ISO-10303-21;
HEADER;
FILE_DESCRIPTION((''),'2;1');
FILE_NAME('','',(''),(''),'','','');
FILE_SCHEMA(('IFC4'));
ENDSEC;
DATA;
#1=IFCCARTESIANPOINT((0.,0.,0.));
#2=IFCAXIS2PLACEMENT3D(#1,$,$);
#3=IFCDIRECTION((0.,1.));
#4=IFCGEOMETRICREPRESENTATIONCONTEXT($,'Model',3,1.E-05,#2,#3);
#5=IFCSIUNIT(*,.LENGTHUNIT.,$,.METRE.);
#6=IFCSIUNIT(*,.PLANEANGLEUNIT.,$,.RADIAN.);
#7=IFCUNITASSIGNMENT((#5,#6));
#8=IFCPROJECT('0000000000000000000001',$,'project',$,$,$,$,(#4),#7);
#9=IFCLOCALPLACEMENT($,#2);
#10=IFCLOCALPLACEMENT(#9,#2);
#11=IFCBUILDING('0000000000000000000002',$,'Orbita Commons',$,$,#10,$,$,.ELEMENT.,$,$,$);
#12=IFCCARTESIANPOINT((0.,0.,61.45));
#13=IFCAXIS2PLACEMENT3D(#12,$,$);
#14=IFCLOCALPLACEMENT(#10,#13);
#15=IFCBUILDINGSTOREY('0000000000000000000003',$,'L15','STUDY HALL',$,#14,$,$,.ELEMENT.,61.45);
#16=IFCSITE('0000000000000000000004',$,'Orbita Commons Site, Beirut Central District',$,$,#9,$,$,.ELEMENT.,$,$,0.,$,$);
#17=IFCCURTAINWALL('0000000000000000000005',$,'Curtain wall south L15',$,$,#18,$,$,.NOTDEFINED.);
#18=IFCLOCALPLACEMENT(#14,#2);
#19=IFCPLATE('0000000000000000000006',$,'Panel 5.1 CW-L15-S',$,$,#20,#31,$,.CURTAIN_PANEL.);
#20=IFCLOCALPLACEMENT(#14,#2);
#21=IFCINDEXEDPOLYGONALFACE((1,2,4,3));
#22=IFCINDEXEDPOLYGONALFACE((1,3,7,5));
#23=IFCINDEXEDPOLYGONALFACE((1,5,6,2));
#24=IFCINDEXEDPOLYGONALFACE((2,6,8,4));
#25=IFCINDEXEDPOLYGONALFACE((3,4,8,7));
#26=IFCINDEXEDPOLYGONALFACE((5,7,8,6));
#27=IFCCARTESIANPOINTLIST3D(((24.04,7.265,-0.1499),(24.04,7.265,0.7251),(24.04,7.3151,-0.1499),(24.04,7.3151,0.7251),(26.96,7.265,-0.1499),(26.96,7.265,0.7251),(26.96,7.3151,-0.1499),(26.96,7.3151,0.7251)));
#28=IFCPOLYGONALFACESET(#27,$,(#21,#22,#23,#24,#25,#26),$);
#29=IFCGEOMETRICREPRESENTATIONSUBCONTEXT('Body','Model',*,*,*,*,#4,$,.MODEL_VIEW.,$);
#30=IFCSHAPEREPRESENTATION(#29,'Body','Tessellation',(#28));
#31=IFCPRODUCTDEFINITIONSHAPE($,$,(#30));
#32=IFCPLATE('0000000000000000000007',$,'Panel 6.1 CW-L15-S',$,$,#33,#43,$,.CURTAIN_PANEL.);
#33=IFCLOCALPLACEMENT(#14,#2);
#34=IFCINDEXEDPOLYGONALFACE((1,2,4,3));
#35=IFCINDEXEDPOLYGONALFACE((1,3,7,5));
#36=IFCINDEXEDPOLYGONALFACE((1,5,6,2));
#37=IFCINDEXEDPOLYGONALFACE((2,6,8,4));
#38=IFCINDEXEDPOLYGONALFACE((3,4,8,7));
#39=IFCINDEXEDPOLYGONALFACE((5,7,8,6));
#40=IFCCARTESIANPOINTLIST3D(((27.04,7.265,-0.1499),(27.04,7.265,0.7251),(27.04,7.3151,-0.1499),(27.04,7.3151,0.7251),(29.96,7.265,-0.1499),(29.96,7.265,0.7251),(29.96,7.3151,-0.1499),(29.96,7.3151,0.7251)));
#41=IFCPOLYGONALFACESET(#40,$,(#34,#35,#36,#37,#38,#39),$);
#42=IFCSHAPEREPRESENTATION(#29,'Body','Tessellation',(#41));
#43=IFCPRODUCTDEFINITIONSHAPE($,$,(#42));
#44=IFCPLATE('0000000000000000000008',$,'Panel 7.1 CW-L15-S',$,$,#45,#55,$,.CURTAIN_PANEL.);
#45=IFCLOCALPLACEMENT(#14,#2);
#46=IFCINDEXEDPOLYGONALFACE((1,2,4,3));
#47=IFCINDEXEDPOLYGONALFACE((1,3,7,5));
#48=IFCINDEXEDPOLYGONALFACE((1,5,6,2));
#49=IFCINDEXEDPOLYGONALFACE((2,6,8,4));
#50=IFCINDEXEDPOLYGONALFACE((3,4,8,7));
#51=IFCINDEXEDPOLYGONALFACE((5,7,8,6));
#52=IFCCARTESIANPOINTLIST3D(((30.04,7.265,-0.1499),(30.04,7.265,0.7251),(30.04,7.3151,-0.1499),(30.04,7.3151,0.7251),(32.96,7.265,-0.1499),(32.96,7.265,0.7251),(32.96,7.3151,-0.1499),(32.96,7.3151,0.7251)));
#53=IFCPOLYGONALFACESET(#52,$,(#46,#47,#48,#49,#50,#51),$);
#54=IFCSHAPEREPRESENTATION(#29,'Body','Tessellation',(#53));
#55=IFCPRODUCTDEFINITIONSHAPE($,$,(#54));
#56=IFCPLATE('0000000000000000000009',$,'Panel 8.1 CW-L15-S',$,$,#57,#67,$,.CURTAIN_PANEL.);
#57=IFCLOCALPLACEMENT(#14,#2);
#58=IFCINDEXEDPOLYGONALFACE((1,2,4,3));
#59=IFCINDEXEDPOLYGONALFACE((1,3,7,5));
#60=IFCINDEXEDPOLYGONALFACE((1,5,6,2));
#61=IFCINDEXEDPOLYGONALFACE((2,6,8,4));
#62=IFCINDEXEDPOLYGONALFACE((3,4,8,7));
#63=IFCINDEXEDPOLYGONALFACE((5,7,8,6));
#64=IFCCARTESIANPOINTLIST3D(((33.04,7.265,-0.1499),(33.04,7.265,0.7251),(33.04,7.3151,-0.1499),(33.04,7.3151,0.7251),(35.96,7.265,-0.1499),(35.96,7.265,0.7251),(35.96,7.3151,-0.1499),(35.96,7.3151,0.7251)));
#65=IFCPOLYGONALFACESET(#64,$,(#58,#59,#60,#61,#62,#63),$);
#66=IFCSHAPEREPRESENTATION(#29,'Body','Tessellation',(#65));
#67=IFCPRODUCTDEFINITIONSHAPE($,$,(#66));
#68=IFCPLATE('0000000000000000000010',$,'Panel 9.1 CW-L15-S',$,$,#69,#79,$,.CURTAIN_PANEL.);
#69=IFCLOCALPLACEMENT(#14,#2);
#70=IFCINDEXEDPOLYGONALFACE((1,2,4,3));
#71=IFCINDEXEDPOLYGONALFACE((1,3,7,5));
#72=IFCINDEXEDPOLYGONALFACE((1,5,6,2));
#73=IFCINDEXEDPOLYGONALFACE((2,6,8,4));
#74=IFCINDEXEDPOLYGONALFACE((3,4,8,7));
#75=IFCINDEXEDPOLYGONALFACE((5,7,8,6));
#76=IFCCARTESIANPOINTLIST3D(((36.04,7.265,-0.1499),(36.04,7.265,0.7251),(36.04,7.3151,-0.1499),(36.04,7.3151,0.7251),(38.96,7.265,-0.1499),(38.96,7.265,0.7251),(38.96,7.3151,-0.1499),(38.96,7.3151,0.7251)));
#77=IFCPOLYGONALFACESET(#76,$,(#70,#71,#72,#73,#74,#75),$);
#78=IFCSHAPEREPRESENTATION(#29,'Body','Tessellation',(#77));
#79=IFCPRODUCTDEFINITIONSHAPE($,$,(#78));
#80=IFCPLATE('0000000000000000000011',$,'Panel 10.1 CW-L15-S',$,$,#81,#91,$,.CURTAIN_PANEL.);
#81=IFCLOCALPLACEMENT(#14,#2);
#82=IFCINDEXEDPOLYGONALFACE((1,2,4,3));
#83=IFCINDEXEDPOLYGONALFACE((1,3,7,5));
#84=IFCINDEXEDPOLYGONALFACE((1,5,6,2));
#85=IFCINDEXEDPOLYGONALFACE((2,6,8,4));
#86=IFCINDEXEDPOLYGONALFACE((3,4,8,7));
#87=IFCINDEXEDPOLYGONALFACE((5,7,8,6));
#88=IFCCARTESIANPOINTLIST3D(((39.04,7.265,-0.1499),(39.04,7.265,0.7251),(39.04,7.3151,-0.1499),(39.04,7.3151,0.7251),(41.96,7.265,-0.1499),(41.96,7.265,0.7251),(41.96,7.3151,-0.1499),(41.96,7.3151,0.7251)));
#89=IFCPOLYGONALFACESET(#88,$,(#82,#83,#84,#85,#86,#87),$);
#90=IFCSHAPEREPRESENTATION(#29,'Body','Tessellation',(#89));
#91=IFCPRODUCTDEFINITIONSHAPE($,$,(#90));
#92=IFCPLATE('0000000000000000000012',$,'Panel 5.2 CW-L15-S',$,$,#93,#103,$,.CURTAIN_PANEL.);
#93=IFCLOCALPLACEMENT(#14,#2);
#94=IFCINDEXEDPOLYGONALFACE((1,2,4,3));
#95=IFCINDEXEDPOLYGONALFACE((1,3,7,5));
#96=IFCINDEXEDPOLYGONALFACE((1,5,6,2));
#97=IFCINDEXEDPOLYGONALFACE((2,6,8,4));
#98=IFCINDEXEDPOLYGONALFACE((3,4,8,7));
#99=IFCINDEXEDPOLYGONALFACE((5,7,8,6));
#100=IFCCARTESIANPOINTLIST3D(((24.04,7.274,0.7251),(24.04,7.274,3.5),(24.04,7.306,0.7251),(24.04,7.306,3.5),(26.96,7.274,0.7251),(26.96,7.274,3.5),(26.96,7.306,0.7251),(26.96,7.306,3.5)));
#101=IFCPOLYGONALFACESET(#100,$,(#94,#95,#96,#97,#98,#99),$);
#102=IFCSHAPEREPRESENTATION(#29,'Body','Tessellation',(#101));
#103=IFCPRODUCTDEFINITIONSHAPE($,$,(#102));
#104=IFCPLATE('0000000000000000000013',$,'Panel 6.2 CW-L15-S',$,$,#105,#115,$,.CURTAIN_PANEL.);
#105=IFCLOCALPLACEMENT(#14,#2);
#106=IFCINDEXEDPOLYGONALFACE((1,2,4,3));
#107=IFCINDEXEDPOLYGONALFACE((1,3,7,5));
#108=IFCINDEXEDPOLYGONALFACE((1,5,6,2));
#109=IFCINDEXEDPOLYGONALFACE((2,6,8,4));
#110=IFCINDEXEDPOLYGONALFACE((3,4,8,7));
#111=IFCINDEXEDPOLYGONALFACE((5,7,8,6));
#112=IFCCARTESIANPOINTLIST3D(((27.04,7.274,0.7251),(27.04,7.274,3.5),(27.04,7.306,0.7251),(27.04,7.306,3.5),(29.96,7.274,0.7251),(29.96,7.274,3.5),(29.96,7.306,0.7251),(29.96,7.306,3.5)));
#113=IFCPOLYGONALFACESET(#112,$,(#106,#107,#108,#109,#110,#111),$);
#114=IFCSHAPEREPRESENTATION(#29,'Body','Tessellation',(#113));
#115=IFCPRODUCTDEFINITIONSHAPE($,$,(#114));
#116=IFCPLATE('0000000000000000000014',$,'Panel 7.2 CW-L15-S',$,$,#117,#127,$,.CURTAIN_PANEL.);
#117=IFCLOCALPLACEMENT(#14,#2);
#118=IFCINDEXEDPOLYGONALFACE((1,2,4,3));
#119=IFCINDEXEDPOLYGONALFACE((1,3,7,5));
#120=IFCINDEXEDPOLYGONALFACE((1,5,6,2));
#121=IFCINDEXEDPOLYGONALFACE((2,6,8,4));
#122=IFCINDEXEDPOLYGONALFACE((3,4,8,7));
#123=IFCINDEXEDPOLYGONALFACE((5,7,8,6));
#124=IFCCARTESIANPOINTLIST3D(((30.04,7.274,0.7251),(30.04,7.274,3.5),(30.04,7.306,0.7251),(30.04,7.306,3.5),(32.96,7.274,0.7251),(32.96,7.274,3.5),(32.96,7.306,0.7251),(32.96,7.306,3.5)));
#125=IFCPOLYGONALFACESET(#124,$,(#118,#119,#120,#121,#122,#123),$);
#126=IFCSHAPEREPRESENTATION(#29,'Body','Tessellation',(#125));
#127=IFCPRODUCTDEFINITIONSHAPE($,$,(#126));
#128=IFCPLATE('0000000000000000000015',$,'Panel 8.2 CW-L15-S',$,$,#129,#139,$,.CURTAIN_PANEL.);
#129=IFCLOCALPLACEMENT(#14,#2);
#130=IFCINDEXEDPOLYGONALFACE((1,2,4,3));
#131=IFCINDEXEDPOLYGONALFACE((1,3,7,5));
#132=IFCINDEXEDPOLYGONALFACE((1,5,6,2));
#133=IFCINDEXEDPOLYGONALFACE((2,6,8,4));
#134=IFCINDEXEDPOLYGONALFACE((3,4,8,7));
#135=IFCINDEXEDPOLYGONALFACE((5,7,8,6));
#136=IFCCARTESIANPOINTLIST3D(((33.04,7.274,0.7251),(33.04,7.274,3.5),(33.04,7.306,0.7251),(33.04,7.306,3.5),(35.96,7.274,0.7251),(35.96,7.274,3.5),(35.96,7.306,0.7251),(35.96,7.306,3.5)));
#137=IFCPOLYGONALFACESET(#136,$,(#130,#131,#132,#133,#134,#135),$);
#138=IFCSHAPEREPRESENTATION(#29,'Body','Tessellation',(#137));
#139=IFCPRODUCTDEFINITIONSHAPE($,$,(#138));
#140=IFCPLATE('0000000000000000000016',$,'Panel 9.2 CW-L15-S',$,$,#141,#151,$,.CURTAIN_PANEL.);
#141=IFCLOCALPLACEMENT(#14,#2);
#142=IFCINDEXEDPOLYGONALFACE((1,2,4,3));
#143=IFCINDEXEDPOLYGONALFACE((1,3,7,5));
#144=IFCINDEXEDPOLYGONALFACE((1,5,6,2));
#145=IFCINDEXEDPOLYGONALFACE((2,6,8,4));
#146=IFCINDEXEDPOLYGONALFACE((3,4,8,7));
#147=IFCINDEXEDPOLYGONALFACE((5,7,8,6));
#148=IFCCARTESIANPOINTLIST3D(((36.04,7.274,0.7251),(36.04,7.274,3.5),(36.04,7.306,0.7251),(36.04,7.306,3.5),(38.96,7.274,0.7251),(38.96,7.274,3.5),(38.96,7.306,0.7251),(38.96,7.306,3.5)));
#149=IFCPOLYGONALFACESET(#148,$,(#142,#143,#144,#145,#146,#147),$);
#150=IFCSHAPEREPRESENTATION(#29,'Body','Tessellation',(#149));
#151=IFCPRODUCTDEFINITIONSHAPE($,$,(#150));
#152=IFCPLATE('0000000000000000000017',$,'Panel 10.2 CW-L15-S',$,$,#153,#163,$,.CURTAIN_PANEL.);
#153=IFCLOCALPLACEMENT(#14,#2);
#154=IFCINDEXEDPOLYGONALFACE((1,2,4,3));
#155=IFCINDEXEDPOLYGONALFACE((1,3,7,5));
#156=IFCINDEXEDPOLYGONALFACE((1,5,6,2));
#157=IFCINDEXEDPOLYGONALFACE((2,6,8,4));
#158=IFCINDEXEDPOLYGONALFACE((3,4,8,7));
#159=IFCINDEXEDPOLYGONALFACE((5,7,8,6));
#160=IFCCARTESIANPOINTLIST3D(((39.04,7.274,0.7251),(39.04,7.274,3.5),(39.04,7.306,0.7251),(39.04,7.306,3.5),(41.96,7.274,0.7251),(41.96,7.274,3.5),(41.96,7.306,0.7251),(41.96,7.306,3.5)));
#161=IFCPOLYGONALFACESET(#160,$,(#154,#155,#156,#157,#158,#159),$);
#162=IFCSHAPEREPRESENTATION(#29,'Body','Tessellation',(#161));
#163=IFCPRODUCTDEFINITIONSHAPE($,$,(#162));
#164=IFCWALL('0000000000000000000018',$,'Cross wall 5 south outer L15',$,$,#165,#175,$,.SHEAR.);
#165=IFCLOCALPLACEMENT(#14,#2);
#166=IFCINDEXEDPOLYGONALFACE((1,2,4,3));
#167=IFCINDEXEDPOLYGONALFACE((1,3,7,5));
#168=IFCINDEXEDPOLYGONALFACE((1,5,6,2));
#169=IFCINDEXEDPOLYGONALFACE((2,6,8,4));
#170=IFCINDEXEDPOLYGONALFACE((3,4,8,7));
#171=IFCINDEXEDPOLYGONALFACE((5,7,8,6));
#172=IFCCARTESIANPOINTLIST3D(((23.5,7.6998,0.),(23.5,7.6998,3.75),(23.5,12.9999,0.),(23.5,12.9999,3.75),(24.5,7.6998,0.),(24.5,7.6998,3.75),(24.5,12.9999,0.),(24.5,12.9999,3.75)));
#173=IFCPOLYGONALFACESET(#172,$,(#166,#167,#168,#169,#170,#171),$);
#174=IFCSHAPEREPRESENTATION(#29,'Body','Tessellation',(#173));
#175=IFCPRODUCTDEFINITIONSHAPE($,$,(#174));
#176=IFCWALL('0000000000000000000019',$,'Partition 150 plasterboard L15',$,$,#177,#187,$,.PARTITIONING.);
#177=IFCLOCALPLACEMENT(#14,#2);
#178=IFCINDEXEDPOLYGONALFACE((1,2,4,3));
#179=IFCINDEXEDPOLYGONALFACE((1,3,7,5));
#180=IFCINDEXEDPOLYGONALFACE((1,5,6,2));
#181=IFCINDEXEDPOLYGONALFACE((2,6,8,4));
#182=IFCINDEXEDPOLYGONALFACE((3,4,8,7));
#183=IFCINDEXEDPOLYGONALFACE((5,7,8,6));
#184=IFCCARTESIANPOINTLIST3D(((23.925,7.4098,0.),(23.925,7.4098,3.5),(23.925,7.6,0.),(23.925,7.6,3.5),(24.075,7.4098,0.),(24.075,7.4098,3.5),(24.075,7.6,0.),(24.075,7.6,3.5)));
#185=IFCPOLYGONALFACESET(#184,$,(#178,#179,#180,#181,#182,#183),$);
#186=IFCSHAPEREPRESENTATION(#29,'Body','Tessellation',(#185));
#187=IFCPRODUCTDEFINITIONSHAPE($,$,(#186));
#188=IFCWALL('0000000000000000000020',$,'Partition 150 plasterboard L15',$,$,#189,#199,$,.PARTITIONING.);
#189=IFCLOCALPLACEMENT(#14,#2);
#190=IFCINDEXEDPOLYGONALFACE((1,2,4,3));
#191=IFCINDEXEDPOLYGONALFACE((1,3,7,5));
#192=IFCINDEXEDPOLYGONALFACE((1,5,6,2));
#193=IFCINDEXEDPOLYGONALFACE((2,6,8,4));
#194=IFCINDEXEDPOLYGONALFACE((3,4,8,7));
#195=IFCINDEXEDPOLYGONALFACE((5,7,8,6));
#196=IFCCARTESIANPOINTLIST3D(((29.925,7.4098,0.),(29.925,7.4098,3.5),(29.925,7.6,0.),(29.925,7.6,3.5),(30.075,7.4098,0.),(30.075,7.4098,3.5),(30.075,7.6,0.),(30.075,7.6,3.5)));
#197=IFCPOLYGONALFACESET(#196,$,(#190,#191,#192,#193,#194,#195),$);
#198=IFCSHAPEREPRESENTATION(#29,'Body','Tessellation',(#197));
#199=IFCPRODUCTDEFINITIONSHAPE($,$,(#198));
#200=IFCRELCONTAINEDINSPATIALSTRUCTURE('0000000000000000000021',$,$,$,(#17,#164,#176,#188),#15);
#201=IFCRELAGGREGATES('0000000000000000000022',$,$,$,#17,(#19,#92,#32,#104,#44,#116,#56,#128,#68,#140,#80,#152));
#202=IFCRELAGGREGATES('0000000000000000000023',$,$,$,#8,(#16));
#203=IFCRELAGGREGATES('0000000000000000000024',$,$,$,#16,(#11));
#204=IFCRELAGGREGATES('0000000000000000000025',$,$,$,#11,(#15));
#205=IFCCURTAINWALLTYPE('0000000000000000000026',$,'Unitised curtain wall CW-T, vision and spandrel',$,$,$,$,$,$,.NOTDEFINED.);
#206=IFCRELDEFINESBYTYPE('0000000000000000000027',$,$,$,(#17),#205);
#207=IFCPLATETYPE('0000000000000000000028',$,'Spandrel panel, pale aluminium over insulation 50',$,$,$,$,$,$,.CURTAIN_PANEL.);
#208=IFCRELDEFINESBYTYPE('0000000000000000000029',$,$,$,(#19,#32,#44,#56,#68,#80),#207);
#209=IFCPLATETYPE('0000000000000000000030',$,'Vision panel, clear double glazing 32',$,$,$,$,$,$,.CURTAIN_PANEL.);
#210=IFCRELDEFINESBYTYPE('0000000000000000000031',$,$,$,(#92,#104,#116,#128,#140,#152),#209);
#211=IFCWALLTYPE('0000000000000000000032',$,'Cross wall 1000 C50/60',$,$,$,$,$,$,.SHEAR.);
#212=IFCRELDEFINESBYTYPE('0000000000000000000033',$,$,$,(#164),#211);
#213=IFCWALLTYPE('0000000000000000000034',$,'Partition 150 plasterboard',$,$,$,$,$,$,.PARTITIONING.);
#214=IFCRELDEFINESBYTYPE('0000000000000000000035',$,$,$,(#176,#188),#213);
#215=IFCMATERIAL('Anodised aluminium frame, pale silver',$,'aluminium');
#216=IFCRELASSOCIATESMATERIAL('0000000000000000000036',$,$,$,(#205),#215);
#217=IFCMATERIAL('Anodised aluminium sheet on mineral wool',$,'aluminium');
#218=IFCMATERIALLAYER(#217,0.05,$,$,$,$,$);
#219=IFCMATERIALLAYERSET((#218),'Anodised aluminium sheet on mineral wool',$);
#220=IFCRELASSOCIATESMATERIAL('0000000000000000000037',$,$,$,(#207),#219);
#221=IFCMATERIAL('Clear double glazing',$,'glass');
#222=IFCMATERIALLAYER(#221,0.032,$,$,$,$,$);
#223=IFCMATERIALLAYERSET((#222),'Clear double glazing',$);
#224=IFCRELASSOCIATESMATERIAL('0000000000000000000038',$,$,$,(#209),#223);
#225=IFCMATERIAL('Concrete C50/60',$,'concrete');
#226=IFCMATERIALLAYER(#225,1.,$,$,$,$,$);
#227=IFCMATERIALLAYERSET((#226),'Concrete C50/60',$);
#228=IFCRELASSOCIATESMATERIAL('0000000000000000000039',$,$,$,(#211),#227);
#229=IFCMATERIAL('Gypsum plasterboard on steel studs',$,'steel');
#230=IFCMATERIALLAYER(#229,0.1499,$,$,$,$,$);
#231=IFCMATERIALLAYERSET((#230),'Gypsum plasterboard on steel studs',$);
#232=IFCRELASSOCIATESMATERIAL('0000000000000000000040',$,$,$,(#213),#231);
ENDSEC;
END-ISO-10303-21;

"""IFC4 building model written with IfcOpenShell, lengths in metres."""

from ifc_helpers import new_model, si_unit, direction, frame, frame_2d, origin, origin_2d, place, context, subcontext, project, spatial, rectangle, extrude, material, layer, layer_set, type_object, element, aggregate, save


model = new_model("IFC4")

# Units and contexts
model_context = context("Model", 3, precision=1e-05, world=origin(), true_north=direction((0.0, 1.0)))
body_context = subcontext(model_context, "Body", "Model", "MODEL_VIEW")
ifc_project = project(units=[si_unit("LENGTHUNIT", "METRE"), si_unit("PLANEANGLEUNIT", "RADIAN")], contexts=[model_context])

# Site, building, storey
site_placement = place(None, origin())
site = spatial("IfcSite", under=ifc_project, at=site_placement, Name="Orbita Commons Site, Beirut Central District", CompositionType="ELEMENT", RefElevation=0.0)
building_placement = place(site_placement, origin())
building = spatial("IfcBuilding", under=site, at=building_placement, Name="Orbita Commons", CompositionType="ELEMENT")
storey_placement = place(building_placement, frame((0.0, 0.0, 61.45)))
storey = spatial("IfcBuildingStorey", under=building, at=storey_placement, Name="L15", Description="STUDY HALL", CompositionType="ELEMENT", Elevation=61.45)

# Curtain wall, plates
ifc_material_1 = material(Name="Anodised aluminium frame, pale silver", Category="aluminium")
curtain_wall_type = type_object("IfcCurtainWallType", Name="Unitised curtain wall CW-T, vision and spandrel", PredefinedType="NOTDEFINED", material=ifc_material_1)
curtain_wall_placement = place(storey_placement, origin())
curtain_wall = element("IfcCurtainWall", 1, at=curtain_wall_placement, inside=storey, type_object=curtain_wall_type, Name="Curtain wall south L15", PredefinedType="NOTDEFINED")
ifc_material_2 = material(Name="Anodised aluminium sheet on mineral wool", Category="aluminium")
ifc_layer_1 = layer(ifc_material_2, 0.05)
ifc_layer_set_1 = layer_set([ifc_layer_1], Name="Anodised aluminium sheet on mineral wool")
plate_type_1 = type_object("IfcPlateType", Name="Spandrel panel, pale aluminium over insulation 50", PredefinedType="CURTAIN_PANEL", material=ifc_layer_set_1)
plate_1_placement = place(storey_placement, frame((25.5, 7.29, -0.1499), z_axis=(0.0, 0.0, 1.0), x_axis=(1.0, 0.0, 0.0)))
plate_1 = element("IfcPlate", 2, at=plate_1_placement, type_object=plate_type_1, Name="Panel 5.1 CW-L15-S", PredefinedType="CURTAIN_PANEL", context=body_context, shape_type="SweptSolid", body=[
    extrude(rectangle(XDim=2.9199, YDim=0.05, at=origin_2d()), origin(), (0.0, 0.0, 1.0), 0.875),
])
plate_2_placement = place(storey_placement, frame((28.5, 7.29, -0.1499), z_axis=(0.0, 0.0, 1.0), x_axis=(1.0, 0.0, 0.0)))
plate_2 = element("IfcPlate", 3, at=plate_2_placement, type_object=plate_type_1, Name="Panel 6.1 CW-L15-S", PredefinedType="CURTAIN_PANEL", context=body_context, shape_type="SweptSolid", body=[
    extrude(rectangle(XDim=2.9199, YDim=0.05, at=origin_2d()), origin(), (0.0, 0.0, 1.0), 0.875),
])
plate_3_placement = place(storey_placement, frame((31.5, 7.29, -0.1499), z_axis=(0.0, 0.0, 1.0), x_axis=(1.0, 0.0, 0.0)))
plate_3 = element("IfcPlate", 4, at=plate_3_placement, type_object=plate_type_1, Name="Panel 7.1 CW-L15-S", PredefinedType="CURTAIN_PANEL", context=body_context, shape_type="SweptSolid", body=[
    extrude(rectangle(XDim=2.9199, YDim=0.05, at=origin_2d()), origin(), (0.0, 0.0, 1.0), 0.875),
])
plate_4_placement = place(storey_placement, frame((34.5, 7.29, -0.1499), z_axis=(0.0, 0.0, 1.0), x_axis=(1.0, 0.0, 0.0)))
plate_4 = element("IfcPlate", 5, at=plate_4_placement, type_object=plate_type_1, Name="Panel 8.1 CW-L15-S", PredefinedType="CURTAIN_PANEL", context=body_context, shape_type="SweptSolid", body=[
    extrude(rectangle(XDim=2.9199, YDim=0.05, at=origin_2d()), origin(), (0.0, 0.0, 1.0), 0.875),
])
plate_5_placement = place(storey_placement, frame((37.5, 7.29, -0.1499), z_axis=(0.0, 0.0, 1.0), x_axis=(1.0, 0.0, 0.0)))
plate_5 = element("IfcPlate", 6, at=plate_5_placement, type_object=plate_type_1, Name="Panel 9.1 CW-L15-S", PredefinedType="CURTAIN_PANEL", context=body_context, shape_type="SweptSolid", body=[
    extrude(rectangle(XDim=2.9199, YDim=0.05, at=origin_2d()), origin(), (0.0, 0.0, 1.0), 0.875),
])
plate_6_placement = place(storey_placement, frame((40.5, 7.29, -0.1499), z_axis=(0.0, 0.0, 1.0), x_axis=(1.0, 0.0, 0.0)))
plate_6 = element("IfcPlate", 7, at=plate_6_placement, type_object=plate_type_1, Name="Panel 10.1 CW-L15-S", PredefinedType="CURTAIN_PANEL", context=body_context, shape_type="SweptSolid", body=[
    extrude(rectangle(XDim=2.9199, YDim=0.05, at=origin_2d()), origin(), (0.0, 0.0, 1.0), 0.875),
])
ifc_material_3 = material(Name="Clear double glazing", Category="glass")
ifc_layer_2 = layer(ifc_material_3, 0.032)
ifc_layer_set_2 = layer_set([ifc_layer_2], Name="Clear double glazing")
plate_type_2 = type_object("IfcPlateType", Name="Vision panel, clear double glazing 32", PredefinedType="CURTAIN_PANEL", material=ifc_layer_set_2)
plate_7_placement = place(storey_placement, frame((25.5, 7.29, 0.7251), z_axis=(0.0, 0.0, 1.0), x_axis=(1.0, 0.0, 0.0)))
plate_7 = element("IfcPlate", 8, at=plate_7_placement, type_object=plate_type_2, Name="Panel 5.2 CW-L15-S", PredefinedType="CURTAIN_PANEL", context=body_context, shape_type="SweptSolid", body=[
    extrude(rectangle(XDim=2.9199, YDim=0.032, at=origin_2d()), origin(), (0.0, 0.0, 1.0), 2.7749),
])
plate_8_placement = place(storey_placement, frame((28.5, 7.29, 0.7251), z_axis=(0.0, 0.0, 1.0), x_axis=(1.0, 0.0, 0.0)))
plate_8 = element("IfcPlate", 9, at=plate_8_placement, type_object=plate_type_2, Name="Panel 6.2 CW-L15-S", PredefinedType="CURTAIN_PANEL", context=body_context, shape_type="SweptSolid", body=[
    extrude(rectangle(XDim=2.9199, YDim=0.032, at=origin_2d()), origin(), (0.0, 0.0, 1.0), 2.7749),
])
plate_9_placement = place(storey_placement, frame((31.5, 7.29, 0.7251), z_axis=(0.0, 0.0, 1.0), x_axis=(1.0, 0.0, 0.0)))
plate_9 = element("IfcPlate", 10, at=plate_9_placement, type_object=plate_type_2, Name="Panel 7.2 CW-L15-S", PredefinedType="CURTAIN_PANEL", context=body_context, shape_type="SweptSolid", body=[
    extrude(rectangle(XDim=2.9199, YDim=0.032, at=origin_2d()), origin(), (0.0, 0.0, 1.0), 2.7749),
])
plate_10_placement = place(storey_placement, frame((34.5, 7.29, 0.7251), z_axis=(0.0, 0.0, 1.0), x_axis=(1.0, 0.0, 0.0)))
plate_10 = element("IfcPlate", 11, at=plate_10_placement, type_object=plate_type_2, Name="Panel 8.2 CW-L15-S", PredefinedType="CURTAIN_PANEL", context=body_context, shape_type="SweptSolid", body=[
    extrude(rectangle(XDim=2.9199, YDim=0.032, at=origin_2d()), origin(), (0.0, 0.0, 1.0), 2.7749),
])
plate_11_placement = place(storey_placement, frame((37.5, 7.29, 0.7251), z_axis=(0.0, 0.0, 1.0), x_axis=(1.0, 0.0, 0.0)))
plate_11 = element("IfcPlate", 12, at=plate_11_placement, type_object=plate_type_2, Name="Panel 9.2 CW-L15-S", PredefinedType="CURTAIN_PANEL", context=body_context, shape_type="SweptSolid", body=[
    extrude(rectangle(XDim=2.9199, YDim=0.032, at=origin_2d()), origin(), (0.0, 0.0, 1.0), 2.7749),
])
plate_12_placement = place(storey_placement, frame((40.5, 7.29, 0.7251), z_axis=(0.0, 0.0, 1.0), x_axis=(1.0, 0.0, 0.0)))
plate_12 = element("IfcPlate", 13, at=plate_12_placement, type_object=plate_type_2, Name="Panel 10.2 CW-L15-S", PredefinedType="CURTAIN_PANEL", context=body_context, shape_type="SweptSolid", body=[
    extrude(rectangle(XDim=2.9199, YDim=0.032, at=origin_2d()), origin(), (0.0, 0.0, 1.0), 2.7749),
])
aggregate(curtain_wall, [plate_1, plate_7, plate_2, plate_8, plate_3, plate_9, plate_4, plate_10, plate_5, plate_11, plate_6, plate_12])

# Walls
ifc_material_4 = material(Name="Concrete C50/60", Category="concrete")
ifc_layer_3 = layer(ifc_material_4, 1.0)
ifc_layer_set_3 = layer_set([ifc_layer_3], Name="Concrete C50/60")
wall_type_1 = type_object("IfcWallType", Name="Cross wall 1000 C50/60", PredefinedType="SHEAR", material=ifc_layer_set_3)
wall_1_placement = place(storey_placement, frame((24.0, 7.7, 0.0), z_axis=(0.0, 0.0, 1.0), x_axis=(0.0, 1.0, 0.0)))
element("IfcWall", 14, at=wall_1_placement, inside=storey, type_object=wall_type_1, Name="Cross wall 5 south outer L15", PredefinedType="SHEAR", context=body_context, shape_type="SweptSolid", body=[
    extrude(rectangle(XDim=5.3, YDim=1.0, at=frame_2d((2.6499, 0.0))), origin(), (0.0, 0.0, 1.0), 3.75),
])
ifc_material_5 = material(Name="Gypsum plasterboard on steel studs", Category="steel")
ifc_layer_4 = layer(ifc_material_5, 0.1499)
ifc_layer_set_4 = layer_set([ifc_layer_4], Name="Gypsum plasterboard on steel studs")
wall_type_2 = type_object("IfcWallType", Name="Partition 150 plasterboard", PredefinedType="PARTITIONING", material=ifc_layer_set_4)
for number, where, z_axis, x_axis, name in (
    (15, (24.0, 7.6001, 0.0), (0.0, 0.0, 1.0), (0.0, -1.0, 0.0), "Partition 150 plasterboard L15"),
    (16, (30.0, 7.6001, 0.0), (0.0, 0.0, 1.0), (0.0, -1.0, 0.0), "Partition 150 plasterboard L15"),
):
    element("IfcWall", number, at=place(storey_placement, frame(where, z_axis=z_axis, x_axis=x_axis)), inside=storey, type_object=wall_type_2, Name=name, PredefinedType="PARTITIONING", context=body_context, shape_type="SweptSolid", body=[
        extrude(rectangle(XDim=0.1902, YDim=0.1499, at=frame_2d((0.0952, 0.0))), origin(), (0.0, 0.0, 1.0), 3.5),
    ])

save(model, "model.ifc")
